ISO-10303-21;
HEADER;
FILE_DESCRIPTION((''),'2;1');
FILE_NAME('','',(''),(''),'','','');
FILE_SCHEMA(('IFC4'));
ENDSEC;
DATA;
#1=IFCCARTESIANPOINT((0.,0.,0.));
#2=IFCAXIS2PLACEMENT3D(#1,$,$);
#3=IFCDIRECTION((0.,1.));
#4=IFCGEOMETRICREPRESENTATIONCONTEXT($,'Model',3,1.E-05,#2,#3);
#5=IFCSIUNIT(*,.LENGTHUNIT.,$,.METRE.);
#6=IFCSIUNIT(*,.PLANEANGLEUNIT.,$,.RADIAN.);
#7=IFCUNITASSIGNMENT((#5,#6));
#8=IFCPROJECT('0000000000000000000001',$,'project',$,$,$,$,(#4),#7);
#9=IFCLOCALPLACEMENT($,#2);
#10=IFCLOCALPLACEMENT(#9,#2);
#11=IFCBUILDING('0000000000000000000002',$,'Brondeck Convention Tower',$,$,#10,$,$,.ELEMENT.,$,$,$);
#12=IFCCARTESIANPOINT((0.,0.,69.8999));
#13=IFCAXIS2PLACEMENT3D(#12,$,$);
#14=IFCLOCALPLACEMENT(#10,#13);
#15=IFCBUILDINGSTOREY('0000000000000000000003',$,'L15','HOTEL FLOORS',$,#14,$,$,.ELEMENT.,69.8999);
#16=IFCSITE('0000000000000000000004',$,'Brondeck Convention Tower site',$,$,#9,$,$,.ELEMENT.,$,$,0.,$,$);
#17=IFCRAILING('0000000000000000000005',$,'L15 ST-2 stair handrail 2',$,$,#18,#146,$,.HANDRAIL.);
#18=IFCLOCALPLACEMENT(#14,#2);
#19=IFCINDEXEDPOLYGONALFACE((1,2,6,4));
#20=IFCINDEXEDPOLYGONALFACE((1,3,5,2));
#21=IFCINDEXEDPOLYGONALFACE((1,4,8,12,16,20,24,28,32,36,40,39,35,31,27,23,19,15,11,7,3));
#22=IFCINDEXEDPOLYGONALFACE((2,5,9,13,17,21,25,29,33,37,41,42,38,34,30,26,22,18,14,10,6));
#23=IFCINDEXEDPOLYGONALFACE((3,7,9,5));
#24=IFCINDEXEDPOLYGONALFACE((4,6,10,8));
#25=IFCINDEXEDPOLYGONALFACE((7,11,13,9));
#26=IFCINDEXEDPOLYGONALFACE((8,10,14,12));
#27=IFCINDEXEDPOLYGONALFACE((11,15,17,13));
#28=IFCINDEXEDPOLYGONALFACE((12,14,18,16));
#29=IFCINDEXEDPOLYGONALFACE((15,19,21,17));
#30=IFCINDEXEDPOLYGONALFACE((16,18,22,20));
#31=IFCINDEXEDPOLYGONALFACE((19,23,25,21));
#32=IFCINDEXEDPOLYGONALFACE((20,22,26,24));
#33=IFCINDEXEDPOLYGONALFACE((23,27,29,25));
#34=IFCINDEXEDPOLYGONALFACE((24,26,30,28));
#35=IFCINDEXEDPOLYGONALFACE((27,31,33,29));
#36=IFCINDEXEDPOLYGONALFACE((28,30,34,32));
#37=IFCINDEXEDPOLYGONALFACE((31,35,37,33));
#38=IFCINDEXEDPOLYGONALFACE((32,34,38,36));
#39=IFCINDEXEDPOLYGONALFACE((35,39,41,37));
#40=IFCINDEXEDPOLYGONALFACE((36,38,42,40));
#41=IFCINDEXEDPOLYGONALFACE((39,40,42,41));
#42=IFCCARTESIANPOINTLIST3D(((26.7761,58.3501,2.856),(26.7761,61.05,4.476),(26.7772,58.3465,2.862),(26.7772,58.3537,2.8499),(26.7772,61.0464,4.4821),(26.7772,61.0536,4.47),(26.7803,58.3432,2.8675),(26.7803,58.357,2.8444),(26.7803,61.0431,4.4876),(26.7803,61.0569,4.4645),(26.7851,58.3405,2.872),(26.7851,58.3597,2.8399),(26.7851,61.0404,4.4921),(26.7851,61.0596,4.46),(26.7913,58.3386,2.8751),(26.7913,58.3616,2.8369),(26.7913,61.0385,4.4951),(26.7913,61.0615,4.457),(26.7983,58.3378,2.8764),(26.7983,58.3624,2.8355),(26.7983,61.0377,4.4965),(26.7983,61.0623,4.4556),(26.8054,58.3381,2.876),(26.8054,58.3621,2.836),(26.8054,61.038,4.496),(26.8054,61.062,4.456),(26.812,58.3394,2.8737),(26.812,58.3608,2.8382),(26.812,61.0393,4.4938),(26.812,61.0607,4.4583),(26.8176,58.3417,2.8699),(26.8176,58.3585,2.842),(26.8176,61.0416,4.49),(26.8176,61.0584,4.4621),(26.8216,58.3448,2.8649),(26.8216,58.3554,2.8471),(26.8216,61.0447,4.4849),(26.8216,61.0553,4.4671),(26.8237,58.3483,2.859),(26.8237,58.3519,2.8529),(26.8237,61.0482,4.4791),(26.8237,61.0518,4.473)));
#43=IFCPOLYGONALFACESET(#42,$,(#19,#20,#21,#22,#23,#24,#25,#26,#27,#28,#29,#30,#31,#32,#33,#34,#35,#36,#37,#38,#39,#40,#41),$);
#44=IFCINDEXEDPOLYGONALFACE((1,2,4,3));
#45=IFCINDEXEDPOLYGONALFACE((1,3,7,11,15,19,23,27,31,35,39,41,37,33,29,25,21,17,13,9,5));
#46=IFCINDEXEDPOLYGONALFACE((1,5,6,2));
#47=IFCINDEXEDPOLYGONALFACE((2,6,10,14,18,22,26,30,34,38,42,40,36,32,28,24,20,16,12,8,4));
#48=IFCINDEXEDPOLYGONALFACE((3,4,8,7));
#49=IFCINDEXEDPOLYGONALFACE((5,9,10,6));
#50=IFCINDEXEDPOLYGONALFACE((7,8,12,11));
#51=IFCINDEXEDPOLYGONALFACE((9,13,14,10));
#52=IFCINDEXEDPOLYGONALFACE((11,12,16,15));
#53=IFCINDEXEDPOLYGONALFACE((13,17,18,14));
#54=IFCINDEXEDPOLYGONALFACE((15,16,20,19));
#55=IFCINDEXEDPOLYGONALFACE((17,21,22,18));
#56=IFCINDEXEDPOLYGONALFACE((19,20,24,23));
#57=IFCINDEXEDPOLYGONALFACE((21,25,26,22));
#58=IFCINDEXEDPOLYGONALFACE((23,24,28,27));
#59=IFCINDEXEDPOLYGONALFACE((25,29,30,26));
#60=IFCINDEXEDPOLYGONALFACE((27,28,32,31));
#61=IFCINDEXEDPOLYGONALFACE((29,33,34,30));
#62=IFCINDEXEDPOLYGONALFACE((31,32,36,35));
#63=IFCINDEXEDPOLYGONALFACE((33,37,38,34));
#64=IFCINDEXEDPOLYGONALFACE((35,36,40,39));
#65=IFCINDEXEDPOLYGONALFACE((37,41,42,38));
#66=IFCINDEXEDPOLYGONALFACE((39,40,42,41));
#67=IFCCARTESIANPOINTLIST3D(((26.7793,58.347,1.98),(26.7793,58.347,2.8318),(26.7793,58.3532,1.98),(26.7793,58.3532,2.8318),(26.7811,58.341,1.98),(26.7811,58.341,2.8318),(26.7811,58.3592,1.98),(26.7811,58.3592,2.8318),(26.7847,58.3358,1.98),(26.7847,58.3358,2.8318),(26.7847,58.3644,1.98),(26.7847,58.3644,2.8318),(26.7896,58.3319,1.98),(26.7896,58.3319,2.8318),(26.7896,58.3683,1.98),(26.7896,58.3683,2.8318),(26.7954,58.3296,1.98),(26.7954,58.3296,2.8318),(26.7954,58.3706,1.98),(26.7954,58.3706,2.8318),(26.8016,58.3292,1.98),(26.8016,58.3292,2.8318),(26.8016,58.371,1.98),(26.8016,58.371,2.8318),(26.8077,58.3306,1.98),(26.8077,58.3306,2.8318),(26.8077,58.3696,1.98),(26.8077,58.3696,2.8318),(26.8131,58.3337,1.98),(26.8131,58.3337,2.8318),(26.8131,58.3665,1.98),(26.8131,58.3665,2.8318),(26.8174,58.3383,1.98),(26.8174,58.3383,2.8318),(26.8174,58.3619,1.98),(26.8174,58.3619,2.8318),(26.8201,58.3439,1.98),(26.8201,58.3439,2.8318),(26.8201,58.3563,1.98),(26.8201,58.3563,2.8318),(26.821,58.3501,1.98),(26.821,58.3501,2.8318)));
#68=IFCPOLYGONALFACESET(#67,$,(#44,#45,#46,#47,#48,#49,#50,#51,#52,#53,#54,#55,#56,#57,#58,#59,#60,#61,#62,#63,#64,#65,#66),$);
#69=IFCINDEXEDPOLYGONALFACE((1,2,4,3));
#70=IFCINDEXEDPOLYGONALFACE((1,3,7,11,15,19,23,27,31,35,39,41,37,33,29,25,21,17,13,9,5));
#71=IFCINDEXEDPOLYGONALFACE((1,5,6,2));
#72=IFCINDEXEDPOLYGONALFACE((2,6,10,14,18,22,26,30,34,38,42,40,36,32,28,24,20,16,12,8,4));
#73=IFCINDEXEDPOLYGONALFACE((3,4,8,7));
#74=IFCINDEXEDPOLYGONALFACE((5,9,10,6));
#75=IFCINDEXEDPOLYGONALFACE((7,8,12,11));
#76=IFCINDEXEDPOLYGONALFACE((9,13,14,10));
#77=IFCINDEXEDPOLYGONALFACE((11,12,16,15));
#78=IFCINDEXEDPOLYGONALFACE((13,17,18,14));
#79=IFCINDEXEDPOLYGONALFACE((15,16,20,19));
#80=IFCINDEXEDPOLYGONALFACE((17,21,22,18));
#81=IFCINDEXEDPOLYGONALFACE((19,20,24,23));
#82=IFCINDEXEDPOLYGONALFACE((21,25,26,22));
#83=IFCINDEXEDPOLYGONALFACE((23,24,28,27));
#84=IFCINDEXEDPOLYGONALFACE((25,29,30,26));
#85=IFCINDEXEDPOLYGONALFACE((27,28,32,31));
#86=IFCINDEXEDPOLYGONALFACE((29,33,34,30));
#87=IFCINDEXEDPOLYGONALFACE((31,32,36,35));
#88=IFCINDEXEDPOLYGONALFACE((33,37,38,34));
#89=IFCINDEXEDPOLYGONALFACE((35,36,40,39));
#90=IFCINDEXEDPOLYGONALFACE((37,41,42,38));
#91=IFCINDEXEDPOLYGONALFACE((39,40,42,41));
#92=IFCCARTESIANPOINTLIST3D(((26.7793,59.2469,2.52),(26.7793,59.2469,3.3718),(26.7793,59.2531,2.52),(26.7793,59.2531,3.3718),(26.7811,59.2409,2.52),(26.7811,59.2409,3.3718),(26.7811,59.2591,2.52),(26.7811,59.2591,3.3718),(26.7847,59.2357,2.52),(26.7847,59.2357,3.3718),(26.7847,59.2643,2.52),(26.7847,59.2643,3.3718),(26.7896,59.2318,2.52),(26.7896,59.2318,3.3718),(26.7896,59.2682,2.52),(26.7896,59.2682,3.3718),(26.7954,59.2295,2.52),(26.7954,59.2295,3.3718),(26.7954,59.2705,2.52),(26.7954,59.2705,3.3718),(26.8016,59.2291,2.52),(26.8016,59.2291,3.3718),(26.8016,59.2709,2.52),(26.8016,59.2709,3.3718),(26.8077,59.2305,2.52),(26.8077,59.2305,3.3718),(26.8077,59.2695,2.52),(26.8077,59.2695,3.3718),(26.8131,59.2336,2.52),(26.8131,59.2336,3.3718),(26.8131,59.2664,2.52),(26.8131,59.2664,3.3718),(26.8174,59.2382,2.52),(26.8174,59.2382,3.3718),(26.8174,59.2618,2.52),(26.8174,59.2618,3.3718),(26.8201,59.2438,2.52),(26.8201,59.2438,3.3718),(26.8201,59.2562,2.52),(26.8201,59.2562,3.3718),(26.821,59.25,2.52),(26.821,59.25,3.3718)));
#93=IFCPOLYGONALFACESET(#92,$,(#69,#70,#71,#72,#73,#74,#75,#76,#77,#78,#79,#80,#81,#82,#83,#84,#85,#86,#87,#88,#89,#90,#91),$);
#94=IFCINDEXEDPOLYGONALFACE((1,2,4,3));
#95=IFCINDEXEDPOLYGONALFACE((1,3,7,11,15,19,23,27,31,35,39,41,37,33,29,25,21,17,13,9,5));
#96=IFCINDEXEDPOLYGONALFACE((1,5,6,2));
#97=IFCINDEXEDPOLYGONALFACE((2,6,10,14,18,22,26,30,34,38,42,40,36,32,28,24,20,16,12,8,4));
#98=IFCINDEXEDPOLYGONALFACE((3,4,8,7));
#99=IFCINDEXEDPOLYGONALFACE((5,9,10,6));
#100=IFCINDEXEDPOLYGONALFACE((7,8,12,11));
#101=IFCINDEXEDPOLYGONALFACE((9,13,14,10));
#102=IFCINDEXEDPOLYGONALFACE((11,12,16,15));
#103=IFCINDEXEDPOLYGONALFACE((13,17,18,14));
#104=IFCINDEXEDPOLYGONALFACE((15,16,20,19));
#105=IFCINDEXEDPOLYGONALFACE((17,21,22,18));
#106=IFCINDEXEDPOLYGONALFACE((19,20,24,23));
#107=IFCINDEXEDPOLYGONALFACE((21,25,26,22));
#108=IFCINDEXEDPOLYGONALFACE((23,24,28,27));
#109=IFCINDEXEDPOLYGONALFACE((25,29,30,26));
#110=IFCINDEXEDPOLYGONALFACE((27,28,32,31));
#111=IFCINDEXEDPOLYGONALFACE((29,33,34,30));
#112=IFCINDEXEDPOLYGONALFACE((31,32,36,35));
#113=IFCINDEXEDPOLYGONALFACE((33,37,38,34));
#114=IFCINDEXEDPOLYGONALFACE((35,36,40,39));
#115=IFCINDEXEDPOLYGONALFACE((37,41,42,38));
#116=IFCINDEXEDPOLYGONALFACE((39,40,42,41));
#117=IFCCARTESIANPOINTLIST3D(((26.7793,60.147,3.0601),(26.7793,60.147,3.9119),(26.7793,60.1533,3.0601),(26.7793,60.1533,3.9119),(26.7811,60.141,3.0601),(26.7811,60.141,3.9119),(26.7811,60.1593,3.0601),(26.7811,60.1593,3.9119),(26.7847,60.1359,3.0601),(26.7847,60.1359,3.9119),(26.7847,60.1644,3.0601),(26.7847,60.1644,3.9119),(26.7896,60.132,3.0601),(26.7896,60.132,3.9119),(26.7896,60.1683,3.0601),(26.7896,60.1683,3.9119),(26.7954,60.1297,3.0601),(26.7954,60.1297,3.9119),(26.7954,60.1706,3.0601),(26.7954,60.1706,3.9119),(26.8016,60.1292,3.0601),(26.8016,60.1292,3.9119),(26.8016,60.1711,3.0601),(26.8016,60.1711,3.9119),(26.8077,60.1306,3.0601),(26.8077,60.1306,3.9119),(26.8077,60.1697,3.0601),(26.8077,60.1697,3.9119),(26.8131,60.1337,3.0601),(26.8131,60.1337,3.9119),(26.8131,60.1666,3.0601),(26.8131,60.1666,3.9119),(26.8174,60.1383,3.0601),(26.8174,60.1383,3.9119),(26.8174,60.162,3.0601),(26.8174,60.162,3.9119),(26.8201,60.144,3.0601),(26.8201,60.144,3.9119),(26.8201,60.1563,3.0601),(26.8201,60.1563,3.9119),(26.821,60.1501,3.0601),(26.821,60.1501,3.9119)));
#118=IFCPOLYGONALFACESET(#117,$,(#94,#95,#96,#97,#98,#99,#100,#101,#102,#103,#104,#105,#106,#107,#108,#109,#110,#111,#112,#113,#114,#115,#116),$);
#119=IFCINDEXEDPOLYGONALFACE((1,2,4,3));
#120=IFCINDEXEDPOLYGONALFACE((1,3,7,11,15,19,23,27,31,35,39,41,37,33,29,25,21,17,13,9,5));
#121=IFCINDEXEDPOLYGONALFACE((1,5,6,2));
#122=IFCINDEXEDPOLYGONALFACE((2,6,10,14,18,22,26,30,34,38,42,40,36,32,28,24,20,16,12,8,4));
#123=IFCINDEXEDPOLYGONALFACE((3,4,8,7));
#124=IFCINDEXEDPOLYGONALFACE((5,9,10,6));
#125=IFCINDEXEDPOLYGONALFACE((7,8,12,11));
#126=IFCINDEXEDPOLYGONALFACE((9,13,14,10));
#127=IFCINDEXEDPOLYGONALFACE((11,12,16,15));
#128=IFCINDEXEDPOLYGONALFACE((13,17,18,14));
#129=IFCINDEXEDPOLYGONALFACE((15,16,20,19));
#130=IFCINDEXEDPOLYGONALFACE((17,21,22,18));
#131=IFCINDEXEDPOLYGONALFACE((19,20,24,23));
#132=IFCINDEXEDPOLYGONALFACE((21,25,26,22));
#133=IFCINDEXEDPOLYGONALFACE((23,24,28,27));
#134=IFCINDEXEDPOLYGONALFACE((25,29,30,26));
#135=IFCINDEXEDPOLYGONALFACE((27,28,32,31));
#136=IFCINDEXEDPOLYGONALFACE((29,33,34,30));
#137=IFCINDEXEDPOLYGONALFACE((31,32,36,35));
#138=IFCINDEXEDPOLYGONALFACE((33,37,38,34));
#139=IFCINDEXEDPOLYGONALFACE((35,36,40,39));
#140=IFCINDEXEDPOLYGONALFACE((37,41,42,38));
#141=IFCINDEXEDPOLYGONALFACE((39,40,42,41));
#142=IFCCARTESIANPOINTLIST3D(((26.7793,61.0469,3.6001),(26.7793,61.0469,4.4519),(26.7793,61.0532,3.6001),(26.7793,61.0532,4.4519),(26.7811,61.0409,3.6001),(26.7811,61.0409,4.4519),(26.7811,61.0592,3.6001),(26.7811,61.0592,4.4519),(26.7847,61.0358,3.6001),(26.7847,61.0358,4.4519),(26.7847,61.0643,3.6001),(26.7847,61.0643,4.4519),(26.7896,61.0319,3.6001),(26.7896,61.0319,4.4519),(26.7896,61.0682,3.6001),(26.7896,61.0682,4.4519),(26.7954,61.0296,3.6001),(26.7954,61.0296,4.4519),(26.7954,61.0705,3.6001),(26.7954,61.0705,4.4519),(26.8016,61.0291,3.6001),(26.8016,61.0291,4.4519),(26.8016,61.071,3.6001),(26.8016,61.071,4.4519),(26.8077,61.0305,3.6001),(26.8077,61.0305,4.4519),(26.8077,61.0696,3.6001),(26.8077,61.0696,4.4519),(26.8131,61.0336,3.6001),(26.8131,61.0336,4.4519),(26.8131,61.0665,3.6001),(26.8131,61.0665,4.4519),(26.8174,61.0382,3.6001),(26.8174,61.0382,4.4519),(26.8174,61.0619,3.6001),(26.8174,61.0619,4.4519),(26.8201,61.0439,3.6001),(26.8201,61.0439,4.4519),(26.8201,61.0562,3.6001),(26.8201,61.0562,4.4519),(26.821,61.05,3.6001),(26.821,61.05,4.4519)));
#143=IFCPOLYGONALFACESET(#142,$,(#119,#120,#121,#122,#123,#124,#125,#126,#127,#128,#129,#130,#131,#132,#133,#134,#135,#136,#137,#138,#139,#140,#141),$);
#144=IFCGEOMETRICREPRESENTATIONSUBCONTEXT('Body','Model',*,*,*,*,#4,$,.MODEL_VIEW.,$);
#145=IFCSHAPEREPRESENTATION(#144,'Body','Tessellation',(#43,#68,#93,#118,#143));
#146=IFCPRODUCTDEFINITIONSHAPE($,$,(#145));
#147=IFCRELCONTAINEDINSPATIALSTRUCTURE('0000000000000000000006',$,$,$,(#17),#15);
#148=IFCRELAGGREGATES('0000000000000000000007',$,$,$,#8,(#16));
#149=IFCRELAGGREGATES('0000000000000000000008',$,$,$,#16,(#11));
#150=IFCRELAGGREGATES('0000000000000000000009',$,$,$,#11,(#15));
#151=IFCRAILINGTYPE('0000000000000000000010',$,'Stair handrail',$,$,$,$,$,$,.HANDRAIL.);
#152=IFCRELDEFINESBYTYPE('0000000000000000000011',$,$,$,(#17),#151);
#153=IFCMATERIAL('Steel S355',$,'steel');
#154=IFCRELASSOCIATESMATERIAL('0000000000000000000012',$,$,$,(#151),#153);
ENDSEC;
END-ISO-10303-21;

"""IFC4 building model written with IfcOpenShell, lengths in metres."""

from ifc_helpers import new_model, si_unit, direction, frame, origin, origin_2d, place, context, subcontext, project, spatial, circle, extrude, material, type_object, element, save


model = new_model("IFC4")

# Units and contexts
model_context = context("Model", 3, precision=1e-05, world=origin(), true_north=direction((0.0, 1.0)))
body_context = subcontext(model_context, "Body", "Model", "MODEL_VIEW")
ifc_project = project(units=[si_unit("LENGTHUNIT", "METRE"), si_unit("PLANEANGLEUNIT", "RADIAN")], contexts=[model_context])

# Site, building, storey
site_placement = place(None, origin())
site = spatial("IfcSite", under=ifc_project, at=site_placement, Name="Brondeck Convention Tower site", CompositionType="ELEMENT", RefElevation=0.0)
building_placement = place(site_placement, origin())
building = spatial("IfcBuilding", under=site, at=building_placement, Name="Brondeck Convention Tower", CompositionType="ELEMENT")
storey_placement = place(building_placement, frame((0.0, 0.0, 69.8999)))
storey = spatial("IfcBuildingStorey", under=building, at=storey_placement, Name="L15", Description="HOTEL FLOORS", CompositionType="ELEMENT", Elevation=69.8999)

# Railing
ifc_material_1 = material(Name="Steel S355", Category="steel")
railing_type_1 = type_object("IfcRailingType", Name="Stair handrail", PredefinedType="HANDRAIL", material=ifc_material_1)
railing_1_placement = place(storey_placement, frame((26.8, 58.3501, 1.98)))
element("IfcRailing", 1, at=railing_1_placement, inside=storey, type_object=railing_type_1, Name="L15 ST-2 stair handrail 2", PredefinedType="HANDRAIL", context=body_context, shape_type="SweptSolid", body=[
    extrude(circle(Radius=0.0239, at=origin_2d()), frame((0.0, 0.0, 0.876), z_axis=(0.0, 0.857472, 0.51453), x_axis=(-1.0, 0.0, 0.0)), (0.0, 0.0, 1.0), 3.1487),
    extrude(circle(Radius=0.021, at=origin_2d()), origin(), (0.0, 0.0, 1.0), 0.8518),
    extrude(circle(Radius=0.021, at=origin_2d()), frame((0.0, 0.8999, 0.54)), (0.0, 0.0, 1.0), 0.8518),
    extrude(circle(Radius=0.021, at=origin_2d()), frame((0.0, 1.8, 1.0801)), (0.0, 0.0, 1.0), 0.8518),
    extrude(circle(Radius=0.021, at=origin_2d()), frame((0.0, 2.7, 1.6201)), (0.0, 0.0, 1.0), 0.8518),
])

save(model, "model.ifc")
